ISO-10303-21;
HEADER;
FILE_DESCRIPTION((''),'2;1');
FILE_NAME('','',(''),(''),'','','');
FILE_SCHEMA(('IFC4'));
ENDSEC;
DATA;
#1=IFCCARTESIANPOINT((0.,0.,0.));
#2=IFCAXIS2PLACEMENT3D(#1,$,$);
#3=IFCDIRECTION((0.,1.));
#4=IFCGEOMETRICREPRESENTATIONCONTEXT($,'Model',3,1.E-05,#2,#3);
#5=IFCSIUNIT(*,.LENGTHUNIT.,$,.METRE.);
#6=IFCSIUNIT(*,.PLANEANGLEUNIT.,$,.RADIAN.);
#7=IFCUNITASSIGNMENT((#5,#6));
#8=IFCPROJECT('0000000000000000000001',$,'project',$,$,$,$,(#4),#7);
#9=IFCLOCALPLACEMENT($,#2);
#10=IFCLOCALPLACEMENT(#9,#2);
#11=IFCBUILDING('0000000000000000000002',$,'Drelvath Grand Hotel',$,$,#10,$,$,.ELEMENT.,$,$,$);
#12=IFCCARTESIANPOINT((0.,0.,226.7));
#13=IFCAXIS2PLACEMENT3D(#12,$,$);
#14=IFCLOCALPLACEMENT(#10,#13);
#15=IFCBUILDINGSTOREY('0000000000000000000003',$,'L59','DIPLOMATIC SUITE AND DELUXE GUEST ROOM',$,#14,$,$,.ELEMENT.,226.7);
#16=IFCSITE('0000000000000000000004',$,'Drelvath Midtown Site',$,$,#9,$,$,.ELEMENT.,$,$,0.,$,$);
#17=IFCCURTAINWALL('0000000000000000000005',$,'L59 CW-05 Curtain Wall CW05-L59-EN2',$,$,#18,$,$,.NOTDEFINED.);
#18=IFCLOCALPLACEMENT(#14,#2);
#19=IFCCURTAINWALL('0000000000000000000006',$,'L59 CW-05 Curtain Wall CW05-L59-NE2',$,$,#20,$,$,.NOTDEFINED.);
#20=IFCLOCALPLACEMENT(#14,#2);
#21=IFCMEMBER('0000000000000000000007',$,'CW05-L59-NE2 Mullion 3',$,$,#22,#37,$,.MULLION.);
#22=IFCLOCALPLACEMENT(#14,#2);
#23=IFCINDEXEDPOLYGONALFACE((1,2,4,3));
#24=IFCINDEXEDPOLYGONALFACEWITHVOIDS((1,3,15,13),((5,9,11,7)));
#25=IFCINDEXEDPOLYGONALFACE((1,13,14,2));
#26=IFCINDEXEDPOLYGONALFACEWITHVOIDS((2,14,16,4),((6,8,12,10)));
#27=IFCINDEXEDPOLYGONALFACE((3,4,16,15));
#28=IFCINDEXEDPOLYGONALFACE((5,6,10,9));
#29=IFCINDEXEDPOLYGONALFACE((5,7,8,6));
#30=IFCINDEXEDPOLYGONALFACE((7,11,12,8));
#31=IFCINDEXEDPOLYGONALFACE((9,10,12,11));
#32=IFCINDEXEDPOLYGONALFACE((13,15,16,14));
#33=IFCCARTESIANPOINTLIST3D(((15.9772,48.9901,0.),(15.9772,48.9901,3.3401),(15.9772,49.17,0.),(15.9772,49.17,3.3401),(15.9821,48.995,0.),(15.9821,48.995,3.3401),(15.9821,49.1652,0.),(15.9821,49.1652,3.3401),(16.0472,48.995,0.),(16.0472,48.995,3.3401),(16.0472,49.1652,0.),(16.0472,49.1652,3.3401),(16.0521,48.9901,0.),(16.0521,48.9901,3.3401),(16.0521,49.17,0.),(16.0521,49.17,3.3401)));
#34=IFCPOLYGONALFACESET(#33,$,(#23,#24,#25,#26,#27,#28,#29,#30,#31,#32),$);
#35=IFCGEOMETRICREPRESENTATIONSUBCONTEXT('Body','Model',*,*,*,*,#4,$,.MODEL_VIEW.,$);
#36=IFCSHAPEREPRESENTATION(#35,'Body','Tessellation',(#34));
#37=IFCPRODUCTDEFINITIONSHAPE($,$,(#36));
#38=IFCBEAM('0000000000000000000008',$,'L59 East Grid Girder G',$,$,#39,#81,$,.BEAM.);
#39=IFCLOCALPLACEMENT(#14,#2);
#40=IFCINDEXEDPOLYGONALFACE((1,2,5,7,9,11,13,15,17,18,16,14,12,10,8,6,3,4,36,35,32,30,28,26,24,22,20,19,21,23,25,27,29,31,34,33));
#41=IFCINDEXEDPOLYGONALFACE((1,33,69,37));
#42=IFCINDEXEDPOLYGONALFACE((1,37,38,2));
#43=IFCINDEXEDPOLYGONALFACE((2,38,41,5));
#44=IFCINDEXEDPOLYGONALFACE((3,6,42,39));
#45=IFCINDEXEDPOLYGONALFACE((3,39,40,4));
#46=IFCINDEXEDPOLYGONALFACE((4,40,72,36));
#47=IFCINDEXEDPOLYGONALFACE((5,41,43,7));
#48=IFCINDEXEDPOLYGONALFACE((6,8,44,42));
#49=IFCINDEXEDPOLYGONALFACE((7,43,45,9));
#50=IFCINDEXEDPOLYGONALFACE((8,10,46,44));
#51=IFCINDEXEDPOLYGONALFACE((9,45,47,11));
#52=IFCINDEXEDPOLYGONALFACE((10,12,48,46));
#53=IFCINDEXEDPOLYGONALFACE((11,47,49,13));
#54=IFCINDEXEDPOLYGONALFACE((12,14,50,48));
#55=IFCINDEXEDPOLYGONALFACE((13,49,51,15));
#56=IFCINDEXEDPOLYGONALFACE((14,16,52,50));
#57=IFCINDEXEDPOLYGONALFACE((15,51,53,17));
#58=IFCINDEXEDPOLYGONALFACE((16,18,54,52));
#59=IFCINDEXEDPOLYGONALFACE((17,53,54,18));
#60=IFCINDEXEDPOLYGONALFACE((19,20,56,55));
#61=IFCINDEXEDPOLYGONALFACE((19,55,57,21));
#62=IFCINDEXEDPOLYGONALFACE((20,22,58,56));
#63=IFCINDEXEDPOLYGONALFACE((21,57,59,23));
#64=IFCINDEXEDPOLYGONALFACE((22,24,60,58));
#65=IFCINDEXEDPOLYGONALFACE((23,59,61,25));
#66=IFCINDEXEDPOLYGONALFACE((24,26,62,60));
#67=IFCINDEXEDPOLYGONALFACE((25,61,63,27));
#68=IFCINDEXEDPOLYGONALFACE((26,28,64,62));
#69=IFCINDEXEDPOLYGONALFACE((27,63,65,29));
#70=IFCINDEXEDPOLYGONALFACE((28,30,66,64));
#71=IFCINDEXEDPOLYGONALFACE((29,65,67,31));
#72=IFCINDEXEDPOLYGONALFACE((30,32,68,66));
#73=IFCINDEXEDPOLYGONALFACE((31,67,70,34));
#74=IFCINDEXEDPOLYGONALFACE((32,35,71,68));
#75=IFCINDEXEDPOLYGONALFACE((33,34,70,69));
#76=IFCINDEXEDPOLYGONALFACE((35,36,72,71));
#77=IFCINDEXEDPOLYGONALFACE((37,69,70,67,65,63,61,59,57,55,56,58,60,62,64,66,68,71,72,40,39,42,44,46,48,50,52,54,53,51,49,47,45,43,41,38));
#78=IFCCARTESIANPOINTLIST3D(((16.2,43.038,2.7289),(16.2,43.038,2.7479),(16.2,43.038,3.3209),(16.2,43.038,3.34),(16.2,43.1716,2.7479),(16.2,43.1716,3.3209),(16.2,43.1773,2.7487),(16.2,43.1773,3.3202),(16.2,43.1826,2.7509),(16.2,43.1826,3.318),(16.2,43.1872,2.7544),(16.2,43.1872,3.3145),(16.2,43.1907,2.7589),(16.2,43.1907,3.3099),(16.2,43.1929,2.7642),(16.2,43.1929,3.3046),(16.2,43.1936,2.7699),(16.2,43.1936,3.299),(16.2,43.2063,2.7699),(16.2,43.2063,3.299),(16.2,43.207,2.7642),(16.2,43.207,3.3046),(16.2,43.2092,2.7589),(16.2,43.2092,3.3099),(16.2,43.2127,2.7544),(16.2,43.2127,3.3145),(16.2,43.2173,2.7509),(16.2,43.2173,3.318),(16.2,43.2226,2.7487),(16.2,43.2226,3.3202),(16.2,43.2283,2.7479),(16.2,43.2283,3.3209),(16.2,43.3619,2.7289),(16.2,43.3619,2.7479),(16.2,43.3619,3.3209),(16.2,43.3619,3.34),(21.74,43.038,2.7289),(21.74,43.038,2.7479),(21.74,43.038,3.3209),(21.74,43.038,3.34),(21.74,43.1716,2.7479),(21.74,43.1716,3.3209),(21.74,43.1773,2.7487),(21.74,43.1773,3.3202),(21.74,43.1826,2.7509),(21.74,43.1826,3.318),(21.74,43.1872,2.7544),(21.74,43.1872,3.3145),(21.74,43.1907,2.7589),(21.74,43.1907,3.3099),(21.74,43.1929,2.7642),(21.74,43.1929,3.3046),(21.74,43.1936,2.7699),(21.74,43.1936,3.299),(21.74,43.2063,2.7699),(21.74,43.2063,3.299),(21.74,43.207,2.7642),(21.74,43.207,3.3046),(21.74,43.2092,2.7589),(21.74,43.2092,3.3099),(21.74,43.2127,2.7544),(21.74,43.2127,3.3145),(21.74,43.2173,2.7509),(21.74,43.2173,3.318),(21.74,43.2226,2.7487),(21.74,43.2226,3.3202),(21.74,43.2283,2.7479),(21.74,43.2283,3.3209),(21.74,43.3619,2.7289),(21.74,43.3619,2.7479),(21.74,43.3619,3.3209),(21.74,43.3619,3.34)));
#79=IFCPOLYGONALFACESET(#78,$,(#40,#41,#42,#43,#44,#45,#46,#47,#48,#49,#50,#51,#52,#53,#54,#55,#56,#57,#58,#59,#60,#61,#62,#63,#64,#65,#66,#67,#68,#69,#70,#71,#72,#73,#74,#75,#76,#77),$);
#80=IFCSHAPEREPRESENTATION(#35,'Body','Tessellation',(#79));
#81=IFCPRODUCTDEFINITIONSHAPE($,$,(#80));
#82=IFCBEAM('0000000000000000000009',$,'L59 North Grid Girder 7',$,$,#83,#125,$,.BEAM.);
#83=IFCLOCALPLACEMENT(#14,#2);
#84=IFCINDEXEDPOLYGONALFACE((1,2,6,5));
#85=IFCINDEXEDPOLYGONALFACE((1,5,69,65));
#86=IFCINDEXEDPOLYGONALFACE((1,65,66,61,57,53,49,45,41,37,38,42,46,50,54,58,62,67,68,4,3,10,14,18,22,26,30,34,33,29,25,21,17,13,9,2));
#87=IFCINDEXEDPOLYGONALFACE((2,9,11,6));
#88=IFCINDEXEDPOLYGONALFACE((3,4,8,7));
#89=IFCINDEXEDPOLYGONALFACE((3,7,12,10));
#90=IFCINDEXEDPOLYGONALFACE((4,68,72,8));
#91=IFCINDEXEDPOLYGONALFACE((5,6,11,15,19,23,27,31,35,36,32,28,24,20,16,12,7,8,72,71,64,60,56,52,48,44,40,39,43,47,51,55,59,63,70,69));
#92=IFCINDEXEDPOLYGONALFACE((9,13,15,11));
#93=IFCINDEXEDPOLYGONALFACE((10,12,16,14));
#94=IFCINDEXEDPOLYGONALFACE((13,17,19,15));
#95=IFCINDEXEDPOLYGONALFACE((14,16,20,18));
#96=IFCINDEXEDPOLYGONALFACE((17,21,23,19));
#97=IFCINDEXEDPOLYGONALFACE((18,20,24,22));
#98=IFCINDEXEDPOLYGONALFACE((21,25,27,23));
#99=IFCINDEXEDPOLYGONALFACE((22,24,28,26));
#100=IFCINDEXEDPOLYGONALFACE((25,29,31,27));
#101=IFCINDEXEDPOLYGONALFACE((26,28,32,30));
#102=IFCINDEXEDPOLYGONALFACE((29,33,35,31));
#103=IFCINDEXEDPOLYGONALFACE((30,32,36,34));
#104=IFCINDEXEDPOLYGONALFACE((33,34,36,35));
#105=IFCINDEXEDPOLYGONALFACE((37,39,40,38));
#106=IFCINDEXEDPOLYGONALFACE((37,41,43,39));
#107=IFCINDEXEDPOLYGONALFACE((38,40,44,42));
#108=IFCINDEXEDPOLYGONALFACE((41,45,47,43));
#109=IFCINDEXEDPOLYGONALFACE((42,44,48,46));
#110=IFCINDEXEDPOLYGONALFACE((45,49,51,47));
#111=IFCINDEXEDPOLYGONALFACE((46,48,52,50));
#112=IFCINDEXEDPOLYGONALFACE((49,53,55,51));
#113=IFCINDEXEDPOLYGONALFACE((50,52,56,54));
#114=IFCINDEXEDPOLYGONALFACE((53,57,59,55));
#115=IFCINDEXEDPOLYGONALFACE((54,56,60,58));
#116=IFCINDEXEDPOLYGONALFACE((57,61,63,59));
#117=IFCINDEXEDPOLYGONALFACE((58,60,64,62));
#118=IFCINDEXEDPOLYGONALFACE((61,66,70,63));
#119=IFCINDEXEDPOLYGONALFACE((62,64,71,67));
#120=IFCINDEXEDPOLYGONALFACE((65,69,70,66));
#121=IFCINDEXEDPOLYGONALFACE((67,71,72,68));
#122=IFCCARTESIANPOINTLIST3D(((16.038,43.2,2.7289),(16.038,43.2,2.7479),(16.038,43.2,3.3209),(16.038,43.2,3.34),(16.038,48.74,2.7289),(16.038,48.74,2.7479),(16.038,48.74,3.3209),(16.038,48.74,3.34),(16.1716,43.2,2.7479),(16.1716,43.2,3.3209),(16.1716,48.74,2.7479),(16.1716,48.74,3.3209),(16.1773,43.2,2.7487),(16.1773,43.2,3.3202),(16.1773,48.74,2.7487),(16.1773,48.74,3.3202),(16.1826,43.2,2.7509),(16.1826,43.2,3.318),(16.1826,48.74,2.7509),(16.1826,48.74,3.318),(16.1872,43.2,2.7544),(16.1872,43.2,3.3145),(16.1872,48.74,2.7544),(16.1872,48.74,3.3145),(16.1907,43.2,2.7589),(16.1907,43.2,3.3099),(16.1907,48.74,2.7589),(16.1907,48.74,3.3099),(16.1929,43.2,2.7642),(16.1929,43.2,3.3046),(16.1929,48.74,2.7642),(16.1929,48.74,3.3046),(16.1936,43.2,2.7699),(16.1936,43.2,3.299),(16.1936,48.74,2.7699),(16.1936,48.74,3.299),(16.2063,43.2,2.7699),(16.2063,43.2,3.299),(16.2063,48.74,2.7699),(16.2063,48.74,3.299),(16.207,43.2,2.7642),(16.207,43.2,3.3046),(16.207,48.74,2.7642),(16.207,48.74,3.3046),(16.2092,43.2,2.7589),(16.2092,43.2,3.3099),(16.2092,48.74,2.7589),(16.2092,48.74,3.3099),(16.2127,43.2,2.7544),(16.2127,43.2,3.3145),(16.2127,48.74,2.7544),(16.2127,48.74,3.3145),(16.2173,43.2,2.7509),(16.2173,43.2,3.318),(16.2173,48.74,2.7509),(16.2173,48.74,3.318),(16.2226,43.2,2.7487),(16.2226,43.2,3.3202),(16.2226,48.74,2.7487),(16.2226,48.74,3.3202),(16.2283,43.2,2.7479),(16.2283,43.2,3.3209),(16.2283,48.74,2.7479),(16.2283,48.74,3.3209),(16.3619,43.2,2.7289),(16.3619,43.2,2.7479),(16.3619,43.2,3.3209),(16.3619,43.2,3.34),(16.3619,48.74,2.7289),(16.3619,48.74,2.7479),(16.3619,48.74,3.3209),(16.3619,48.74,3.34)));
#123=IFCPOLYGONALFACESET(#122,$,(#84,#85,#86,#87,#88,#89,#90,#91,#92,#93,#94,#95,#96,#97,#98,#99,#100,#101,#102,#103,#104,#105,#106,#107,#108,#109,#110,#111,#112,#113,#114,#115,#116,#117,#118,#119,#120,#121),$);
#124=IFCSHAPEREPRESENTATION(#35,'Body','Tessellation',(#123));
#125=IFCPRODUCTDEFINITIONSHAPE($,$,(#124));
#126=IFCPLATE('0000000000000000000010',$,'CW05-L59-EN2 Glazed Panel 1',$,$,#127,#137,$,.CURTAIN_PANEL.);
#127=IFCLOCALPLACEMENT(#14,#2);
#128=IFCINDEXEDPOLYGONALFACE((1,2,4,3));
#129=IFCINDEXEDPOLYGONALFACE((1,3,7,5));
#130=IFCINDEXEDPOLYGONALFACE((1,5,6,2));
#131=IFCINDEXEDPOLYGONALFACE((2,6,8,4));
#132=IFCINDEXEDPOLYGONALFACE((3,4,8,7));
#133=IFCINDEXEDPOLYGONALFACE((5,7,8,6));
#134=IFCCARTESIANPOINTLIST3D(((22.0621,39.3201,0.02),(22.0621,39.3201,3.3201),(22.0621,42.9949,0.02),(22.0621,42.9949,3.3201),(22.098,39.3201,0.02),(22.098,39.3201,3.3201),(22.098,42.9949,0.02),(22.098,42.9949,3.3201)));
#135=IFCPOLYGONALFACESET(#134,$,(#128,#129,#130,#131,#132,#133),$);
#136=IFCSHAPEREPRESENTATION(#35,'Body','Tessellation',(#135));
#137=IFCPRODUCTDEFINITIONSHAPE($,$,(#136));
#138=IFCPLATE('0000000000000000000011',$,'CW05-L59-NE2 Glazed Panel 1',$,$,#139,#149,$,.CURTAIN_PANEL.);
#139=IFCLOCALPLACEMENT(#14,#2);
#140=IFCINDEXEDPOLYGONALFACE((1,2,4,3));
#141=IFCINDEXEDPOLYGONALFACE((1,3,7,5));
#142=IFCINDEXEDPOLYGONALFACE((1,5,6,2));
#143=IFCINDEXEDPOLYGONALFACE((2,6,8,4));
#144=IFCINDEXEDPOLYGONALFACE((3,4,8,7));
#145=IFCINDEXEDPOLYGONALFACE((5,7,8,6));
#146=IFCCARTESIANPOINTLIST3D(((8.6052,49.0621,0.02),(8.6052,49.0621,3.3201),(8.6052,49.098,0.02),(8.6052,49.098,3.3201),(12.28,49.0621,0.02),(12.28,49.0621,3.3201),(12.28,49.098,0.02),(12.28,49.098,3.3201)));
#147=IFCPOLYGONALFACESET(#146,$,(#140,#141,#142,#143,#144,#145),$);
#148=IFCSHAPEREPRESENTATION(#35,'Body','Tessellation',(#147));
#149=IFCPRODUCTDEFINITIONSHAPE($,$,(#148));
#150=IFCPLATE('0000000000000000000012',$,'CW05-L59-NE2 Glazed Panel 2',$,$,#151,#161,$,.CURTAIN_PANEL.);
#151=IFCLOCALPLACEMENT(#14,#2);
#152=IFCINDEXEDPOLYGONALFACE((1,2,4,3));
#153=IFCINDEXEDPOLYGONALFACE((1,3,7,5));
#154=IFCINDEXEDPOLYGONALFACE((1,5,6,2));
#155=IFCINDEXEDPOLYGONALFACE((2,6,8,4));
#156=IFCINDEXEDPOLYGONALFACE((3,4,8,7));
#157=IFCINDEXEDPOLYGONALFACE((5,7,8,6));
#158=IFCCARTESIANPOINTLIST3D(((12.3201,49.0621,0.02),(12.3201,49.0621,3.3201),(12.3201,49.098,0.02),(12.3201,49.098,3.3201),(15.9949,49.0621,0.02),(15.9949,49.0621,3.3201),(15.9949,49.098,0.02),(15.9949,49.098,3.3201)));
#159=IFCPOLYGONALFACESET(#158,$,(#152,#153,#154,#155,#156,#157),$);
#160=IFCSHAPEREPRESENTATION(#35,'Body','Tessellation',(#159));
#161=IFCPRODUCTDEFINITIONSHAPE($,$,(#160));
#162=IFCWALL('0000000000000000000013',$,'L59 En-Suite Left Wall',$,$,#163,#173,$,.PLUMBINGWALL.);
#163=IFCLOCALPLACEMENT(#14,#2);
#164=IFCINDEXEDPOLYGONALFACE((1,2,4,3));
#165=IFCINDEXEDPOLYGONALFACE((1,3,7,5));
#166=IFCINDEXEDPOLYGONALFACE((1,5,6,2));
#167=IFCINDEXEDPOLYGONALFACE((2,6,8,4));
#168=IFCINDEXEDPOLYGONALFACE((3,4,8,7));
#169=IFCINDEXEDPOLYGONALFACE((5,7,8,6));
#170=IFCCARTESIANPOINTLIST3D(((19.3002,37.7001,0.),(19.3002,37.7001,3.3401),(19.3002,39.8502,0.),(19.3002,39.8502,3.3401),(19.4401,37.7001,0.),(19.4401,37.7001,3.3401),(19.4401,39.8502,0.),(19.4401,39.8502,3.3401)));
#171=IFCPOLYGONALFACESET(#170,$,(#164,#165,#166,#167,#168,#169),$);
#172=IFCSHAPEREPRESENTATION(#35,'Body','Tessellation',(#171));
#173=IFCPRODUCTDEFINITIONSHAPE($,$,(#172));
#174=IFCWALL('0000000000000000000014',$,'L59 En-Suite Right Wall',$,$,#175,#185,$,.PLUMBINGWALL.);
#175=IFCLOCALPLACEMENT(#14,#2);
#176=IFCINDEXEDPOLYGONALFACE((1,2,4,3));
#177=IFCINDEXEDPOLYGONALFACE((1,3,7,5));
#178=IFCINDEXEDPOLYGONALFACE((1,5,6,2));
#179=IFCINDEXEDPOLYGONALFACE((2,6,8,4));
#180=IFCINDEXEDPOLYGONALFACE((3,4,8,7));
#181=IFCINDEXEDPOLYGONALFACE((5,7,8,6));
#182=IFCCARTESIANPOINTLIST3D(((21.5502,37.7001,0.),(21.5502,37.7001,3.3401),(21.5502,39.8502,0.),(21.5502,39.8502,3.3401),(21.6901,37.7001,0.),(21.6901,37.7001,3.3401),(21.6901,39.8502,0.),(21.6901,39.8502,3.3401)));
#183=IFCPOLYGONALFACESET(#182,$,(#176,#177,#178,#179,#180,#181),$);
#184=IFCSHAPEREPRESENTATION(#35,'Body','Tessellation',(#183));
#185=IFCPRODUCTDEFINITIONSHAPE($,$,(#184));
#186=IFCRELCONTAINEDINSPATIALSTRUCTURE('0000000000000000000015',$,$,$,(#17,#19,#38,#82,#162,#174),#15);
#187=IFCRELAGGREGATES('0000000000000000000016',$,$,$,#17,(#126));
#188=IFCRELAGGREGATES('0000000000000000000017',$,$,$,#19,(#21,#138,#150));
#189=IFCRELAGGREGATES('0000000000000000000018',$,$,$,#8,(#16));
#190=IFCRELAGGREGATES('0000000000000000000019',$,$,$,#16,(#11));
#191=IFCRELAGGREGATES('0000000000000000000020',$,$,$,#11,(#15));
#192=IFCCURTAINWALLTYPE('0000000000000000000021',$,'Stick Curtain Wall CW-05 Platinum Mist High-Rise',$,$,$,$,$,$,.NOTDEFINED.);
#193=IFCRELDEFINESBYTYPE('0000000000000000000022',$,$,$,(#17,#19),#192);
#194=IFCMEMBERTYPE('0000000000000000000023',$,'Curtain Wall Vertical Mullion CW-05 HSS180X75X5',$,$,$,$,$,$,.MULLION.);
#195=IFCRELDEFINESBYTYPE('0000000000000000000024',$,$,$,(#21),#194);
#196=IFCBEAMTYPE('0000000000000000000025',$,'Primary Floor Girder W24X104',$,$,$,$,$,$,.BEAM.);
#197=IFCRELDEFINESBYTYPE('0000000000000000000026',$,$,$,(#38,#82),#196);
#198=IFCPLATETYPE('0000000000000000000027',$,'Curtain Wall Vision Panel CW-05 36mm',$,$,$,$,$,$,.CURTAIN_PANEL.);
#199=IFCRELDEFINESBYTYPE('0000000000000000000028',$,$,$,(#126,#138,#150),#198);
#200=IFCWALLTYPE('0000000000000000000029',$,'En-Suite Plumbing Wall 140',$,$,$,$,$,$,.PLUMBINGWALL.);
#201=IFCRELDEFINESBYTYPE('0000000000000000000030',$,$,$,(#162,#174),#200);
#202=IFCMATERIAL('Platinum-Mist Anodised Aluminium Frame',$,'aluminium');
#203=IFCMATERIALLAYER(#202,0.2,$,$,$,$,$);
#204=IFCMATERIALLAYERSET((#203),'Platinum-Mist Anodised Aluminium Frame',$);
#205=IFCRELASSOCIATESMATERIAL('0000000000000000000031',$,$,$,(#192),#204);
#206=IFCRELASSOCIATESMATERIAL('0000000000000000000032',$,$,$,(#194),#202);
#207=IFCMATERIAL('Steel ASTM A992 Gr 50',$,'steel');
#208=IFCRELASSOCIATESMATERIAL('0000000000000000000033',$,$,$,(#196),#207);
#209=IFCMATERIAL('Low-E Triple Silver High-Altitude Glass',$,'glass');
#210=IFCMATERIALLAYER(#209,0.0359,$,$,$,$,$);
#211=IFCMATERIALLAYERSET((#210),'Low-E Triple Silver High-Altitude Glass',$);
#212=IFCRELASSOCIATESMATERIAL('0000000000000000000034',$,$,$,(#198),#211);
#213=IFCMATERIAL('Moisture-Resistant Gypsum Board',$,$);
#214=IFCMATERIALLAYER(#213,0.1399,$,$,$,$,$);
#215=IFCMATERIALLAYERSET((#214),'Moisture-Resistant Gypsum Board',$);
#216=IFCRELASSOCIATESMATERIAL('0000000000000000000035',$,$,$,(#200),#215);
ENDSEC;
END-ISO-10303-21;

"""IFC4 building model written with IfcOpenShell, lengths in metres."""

from ifc_helpers import new_model, si_unit, direction, frame, frame_2d, origin, origin_2d, place, context, subcontext, project, spatial, rectangle, hollow_rectangle, i_section, extrude, material, layer, layer_set, material_profile, profile_set, type_object, element, aggregate, save


model = new_model("IFC4")

# Units and contexts
model_context = context("Model", 3, precision=1e-05, world=origin(), true_north=direction((0.0, 1.0)))
body_context = subcontext(model_context, "Body", "Model", "MODEL_VIEW")
ifc_project = project(units=[si_unit("LENGTHUNIT", "METRE"), si_unit("PLANEANGLEUNIT", "RADIAN")], contexts=[model_context])

# Site, building, storey
site_placement = place(None, origin())
site = spatial("IfcSite", under=ifc_project, at=site_placement, Name="Drelvath Midtown Site", CompositionType="ELEMENT", RefElevation=0.0)
building_placement = place(site_placement, origin())
building = spatial("IfcBuilding", under=site, at=building_placement, Name="Drelvath Grand Hotel", CompositionType="ELEMENT")
storey_placement = place(building_placement, frame((0.0, 0.0, 226.7)))
storey = spatial("IfcBuildingStorey", under=building, at=storey_placement, Name="L59", Description="DIPLOMATIC SUITE AND DELUXE GUEST ROOM", CompositionType="ELEMENT", Elevation=226.7)

# Curtain walls, member
ifc_material_1 = material(Name="Platinum-Mist Anodised Aluminium Frame", Category="aluminium")
ifc_layer_1 = layer(ifc_material_1, 0.2)
ifc_layer_set_1 = layer_set([ifc_layer_1], Name="Platinum-Mist Anodised Aluminium Frame")
curtain_wall_type = type_object("IfcCurtainWallType", Name="Stick Curtain Wall CW-05 Platinum Mist High-Rise", PredefinedType="NOTDEFINED", material=ifc_layer_set_1)
curtain_wall_1_placement = place(storey_placement, origin())
curtain_wall_1 = element("IfcCurtainWall", 1, at=curtain_wall_1_placement, inside=storey, type_object=curtain_wall_type, Name="L59 CW-05 Curtain Wall CW05-L59-EN2", PredefinedType="NOTDEFINED")
ifc_material_profile_1 = material_profile(ifc_material_1, hollow_rectangle(XDim=0.075, YDim=0.1799, WallThickness=0.0049, at=origin_2d()), Name="HSS180X75X5")
ifc_profile_set_1 = profile_set([ifc_material_profile_1], Name="Platinum-Mist Anodised Aluminium Frame")
member_type_1 = type_object("IfcMemberType", Name="Curtain Wall Vertical Mullion CW-05 HSS180X75X5", PredefinedType="MULLION", material=ifc_profile_set_1)
curtain_wall_2_placement = place(storey_placement, origin())
curtain_wall_2 = element("IfcCurtainWall", 2, at=curtain_wall_2_placement, inside=storey, type_object=curtain_wall_type, Name="L59 CW-05 Curtain Wall CW05-L59-NE2", PredefinedType="NOTDEFINED")
member_1_placement = place(storey_placement, frame((16.0146, 49.0801, 0.0), z_axis=(0.0, 0.0, 1.0), x_axis=(1.0, 0.0, 0.0)))
member_1 = element("IfcMember", 3, at=member_1_placement, type_object=member_type_1, Name="CW05-L59-NE2 Mullion 3", PredefinedType="MULLION", context=body_context, shape_type="SweptSolid", body=[
    extrude(hollow_rectangle(XDim=0.075, YDim=0.1799, WallThickness=0.0049, at=origin_2d()), origin(), (0.0, 0.0, 1.0), 3.3401),
])

# Beams
ifc_material_2 = material(Name="Steel ASTM A992 Gr 50", Category="steel")
ifc_material_profile_2 = material_profile(ifc_material_2, i_section(OverallWidth=0.324, OverallDepth=0.6111, WebThickness=0.0127, FlangeThickness=0.019, FilletRadius=0.022, at=origin_2d()), Name="W24X104")
ifc_profile_set_2 = profile_set([ifc_material_profile_2], Name="Steel ASTM A992 Gr 50")
beam_type = type_object("IfcBeamType", Name="Primary Floor Girder W24X104", PredefinedType="BEAM", material=ifc_profile_set_2)
for number, where, z_axis, x_axis, name in (
    (4, (16.2, 43.2, 3.0344), (1.0, 0.0, 0.0), (0.0, 1.0, 0.0), "L59 East Grid Girder G"),
    (5, (16.2, 43.2, 3.0344), (0.0, 1.0, 0.0), (-1.0, 0.0, 0.0), "L59 North Grid Girder 7"),
):
    element("IfcBeam", number, at=place(storey_placement, frame(where, z_axis=z_axis, x_axis=x_axis)), inside=storey, type_object=beam_type, Name=name, PredefinedType="BEAM", context=body_context, shape_type="SweptSolid", body=[
        extrude(i_section(OverallWidth=0.324, OverallDepth=0.6111, WebThickness=0.0127, FlangeThickness=0.019, FilletRadius=0.022, at=origin_2d()), origin(), (0.0, 0.0, 1.0), 5.54),
    ])

# Plates
ifc_material_3 = material(Name="Low-E Triple Silver High-Altitude Glass", Category="glass")
ifc_layer_2 = layer(ifc_material_3, 0.0359)
ifc_layer_set_2 = layer_set([ifc_layer_2], Name="Low-E Triple Silver High-Altitude Glass")
plate_type = type_object("IfcPlateType", Name="Curtain Wall Vision Panel CW-05 36mm", PredefinedType="CURTAIN_PANEL", material=ifc_layer_set_2)
plate_1_placement = place(storey_placement, frame((22.0801, 41.1575, 0.02), z_axis=(0.0, 0.0, 1.0), x_axis=(0.0, -1.0, 0.0)))
plate_1 = element("IfcPlate", 6, at=plate_1_placement, type_object=plate_type, Name="CW05-L59-EN2 Glazed Panel 1", PredefinedType="CURTAIN_PANEL", context=body_context, shape_type="SweptSolid", body=[
    extrude(rectangle(XDim=3.6748, YDim=0.0359, at=origin_2d()), origin(), (0.0, 0.0, 1.0), 3.3),
])
aggregate(curtain_wall_1, [plate_1])
plate_2_placement = place(storey_placement, frame((10.4426, 49.0801, 0.02), z_axis=(0.0, 0.0, 1.0), x_axis=(1.0, 0.0, 0.0)))
plate_2 = element("IfcPlate", 7, at=plate_2_placement, type_object=plate_type, Name="CW05-L59-NE2 Glazed Panel 1", PredefinedType="CURTAIN_PANEL", context=body_context, shape_type="SweptSolid", body=[
    extrude(rectangle(XDim=3.6748, YDim=0.0359, at=origin_2d()), origin(), (0.0, 0.0, 1.0), 3.3),
])
plate_3_placement = place(storey_placement, frame((14.1575, 49.0801, 0.02), z_axis=(0.0, 0.0, 1.0), x_axis=(1.0, 0.0, 0.0)))
plate_3 = element("IfcPlate", 8, at=plate_3_placement, type_object=plate_type, Name="CW05-L59-NE2 Glazed Panel 2", PredefinedType="CURTAIN_PANEL", context=body_context, shape_type="SweptSolid", body=[
    extrude(rectangle(XDim=3.6748, YDim=0.0359, at=origin_2d()), origin(), (0.0, 0.0, 1.0), 3.3),
])
aggregate(curtain_wall_2, [member_1, plate_2, plate_3])

# Walls
ifc_material_4 = material(Name="Moisture-Resistant Gypsum Board")
ifc_layer_3 = layer(ifc_material_4, 0.1399)
ifc_layer_set_3 = layer_set([ifc_layer_3], Name="Moisture-Resistant Gypsum Board")
wall_type_1 = type_object("IfcWallType", Name="En-Suite Plumbing Wall 140", PredefinedType="PLUMBINGWALL", material=ifc_layer_set_3)
for number, where, z_axis, x_axis, name in (
    (9, (19.3701, 37.7, 0.0), (0.0, 0.0, 1.0), (0.0, 1.0, 0.0), "L59 En-Suite Left Wall"),
    (10, (21.6201, 37.7, 0.0), (0.0, 0.0, 1.0), (0.0, 1.0, 0.0), "L59 En-Suite Right Wall"),
):
    element("IfcWall", number, at=place(storey_placement, frame(where, z_axis=z_axis, x_axis=x_axis)), inside=storey, type_object=wall_type_1, Name=name, PredefinedType="PLUMBINGWALL", context=body_context, shape_type="SweptSolid", body=[
        extrude(rectangle(XDim=2.1501, YDim=0.1399, at=frame_2d((1.0752, 0.0))), origin(), (0.0, 0.0, 1.0), 3.3401),
    ])

save(model, "model.ifc")
